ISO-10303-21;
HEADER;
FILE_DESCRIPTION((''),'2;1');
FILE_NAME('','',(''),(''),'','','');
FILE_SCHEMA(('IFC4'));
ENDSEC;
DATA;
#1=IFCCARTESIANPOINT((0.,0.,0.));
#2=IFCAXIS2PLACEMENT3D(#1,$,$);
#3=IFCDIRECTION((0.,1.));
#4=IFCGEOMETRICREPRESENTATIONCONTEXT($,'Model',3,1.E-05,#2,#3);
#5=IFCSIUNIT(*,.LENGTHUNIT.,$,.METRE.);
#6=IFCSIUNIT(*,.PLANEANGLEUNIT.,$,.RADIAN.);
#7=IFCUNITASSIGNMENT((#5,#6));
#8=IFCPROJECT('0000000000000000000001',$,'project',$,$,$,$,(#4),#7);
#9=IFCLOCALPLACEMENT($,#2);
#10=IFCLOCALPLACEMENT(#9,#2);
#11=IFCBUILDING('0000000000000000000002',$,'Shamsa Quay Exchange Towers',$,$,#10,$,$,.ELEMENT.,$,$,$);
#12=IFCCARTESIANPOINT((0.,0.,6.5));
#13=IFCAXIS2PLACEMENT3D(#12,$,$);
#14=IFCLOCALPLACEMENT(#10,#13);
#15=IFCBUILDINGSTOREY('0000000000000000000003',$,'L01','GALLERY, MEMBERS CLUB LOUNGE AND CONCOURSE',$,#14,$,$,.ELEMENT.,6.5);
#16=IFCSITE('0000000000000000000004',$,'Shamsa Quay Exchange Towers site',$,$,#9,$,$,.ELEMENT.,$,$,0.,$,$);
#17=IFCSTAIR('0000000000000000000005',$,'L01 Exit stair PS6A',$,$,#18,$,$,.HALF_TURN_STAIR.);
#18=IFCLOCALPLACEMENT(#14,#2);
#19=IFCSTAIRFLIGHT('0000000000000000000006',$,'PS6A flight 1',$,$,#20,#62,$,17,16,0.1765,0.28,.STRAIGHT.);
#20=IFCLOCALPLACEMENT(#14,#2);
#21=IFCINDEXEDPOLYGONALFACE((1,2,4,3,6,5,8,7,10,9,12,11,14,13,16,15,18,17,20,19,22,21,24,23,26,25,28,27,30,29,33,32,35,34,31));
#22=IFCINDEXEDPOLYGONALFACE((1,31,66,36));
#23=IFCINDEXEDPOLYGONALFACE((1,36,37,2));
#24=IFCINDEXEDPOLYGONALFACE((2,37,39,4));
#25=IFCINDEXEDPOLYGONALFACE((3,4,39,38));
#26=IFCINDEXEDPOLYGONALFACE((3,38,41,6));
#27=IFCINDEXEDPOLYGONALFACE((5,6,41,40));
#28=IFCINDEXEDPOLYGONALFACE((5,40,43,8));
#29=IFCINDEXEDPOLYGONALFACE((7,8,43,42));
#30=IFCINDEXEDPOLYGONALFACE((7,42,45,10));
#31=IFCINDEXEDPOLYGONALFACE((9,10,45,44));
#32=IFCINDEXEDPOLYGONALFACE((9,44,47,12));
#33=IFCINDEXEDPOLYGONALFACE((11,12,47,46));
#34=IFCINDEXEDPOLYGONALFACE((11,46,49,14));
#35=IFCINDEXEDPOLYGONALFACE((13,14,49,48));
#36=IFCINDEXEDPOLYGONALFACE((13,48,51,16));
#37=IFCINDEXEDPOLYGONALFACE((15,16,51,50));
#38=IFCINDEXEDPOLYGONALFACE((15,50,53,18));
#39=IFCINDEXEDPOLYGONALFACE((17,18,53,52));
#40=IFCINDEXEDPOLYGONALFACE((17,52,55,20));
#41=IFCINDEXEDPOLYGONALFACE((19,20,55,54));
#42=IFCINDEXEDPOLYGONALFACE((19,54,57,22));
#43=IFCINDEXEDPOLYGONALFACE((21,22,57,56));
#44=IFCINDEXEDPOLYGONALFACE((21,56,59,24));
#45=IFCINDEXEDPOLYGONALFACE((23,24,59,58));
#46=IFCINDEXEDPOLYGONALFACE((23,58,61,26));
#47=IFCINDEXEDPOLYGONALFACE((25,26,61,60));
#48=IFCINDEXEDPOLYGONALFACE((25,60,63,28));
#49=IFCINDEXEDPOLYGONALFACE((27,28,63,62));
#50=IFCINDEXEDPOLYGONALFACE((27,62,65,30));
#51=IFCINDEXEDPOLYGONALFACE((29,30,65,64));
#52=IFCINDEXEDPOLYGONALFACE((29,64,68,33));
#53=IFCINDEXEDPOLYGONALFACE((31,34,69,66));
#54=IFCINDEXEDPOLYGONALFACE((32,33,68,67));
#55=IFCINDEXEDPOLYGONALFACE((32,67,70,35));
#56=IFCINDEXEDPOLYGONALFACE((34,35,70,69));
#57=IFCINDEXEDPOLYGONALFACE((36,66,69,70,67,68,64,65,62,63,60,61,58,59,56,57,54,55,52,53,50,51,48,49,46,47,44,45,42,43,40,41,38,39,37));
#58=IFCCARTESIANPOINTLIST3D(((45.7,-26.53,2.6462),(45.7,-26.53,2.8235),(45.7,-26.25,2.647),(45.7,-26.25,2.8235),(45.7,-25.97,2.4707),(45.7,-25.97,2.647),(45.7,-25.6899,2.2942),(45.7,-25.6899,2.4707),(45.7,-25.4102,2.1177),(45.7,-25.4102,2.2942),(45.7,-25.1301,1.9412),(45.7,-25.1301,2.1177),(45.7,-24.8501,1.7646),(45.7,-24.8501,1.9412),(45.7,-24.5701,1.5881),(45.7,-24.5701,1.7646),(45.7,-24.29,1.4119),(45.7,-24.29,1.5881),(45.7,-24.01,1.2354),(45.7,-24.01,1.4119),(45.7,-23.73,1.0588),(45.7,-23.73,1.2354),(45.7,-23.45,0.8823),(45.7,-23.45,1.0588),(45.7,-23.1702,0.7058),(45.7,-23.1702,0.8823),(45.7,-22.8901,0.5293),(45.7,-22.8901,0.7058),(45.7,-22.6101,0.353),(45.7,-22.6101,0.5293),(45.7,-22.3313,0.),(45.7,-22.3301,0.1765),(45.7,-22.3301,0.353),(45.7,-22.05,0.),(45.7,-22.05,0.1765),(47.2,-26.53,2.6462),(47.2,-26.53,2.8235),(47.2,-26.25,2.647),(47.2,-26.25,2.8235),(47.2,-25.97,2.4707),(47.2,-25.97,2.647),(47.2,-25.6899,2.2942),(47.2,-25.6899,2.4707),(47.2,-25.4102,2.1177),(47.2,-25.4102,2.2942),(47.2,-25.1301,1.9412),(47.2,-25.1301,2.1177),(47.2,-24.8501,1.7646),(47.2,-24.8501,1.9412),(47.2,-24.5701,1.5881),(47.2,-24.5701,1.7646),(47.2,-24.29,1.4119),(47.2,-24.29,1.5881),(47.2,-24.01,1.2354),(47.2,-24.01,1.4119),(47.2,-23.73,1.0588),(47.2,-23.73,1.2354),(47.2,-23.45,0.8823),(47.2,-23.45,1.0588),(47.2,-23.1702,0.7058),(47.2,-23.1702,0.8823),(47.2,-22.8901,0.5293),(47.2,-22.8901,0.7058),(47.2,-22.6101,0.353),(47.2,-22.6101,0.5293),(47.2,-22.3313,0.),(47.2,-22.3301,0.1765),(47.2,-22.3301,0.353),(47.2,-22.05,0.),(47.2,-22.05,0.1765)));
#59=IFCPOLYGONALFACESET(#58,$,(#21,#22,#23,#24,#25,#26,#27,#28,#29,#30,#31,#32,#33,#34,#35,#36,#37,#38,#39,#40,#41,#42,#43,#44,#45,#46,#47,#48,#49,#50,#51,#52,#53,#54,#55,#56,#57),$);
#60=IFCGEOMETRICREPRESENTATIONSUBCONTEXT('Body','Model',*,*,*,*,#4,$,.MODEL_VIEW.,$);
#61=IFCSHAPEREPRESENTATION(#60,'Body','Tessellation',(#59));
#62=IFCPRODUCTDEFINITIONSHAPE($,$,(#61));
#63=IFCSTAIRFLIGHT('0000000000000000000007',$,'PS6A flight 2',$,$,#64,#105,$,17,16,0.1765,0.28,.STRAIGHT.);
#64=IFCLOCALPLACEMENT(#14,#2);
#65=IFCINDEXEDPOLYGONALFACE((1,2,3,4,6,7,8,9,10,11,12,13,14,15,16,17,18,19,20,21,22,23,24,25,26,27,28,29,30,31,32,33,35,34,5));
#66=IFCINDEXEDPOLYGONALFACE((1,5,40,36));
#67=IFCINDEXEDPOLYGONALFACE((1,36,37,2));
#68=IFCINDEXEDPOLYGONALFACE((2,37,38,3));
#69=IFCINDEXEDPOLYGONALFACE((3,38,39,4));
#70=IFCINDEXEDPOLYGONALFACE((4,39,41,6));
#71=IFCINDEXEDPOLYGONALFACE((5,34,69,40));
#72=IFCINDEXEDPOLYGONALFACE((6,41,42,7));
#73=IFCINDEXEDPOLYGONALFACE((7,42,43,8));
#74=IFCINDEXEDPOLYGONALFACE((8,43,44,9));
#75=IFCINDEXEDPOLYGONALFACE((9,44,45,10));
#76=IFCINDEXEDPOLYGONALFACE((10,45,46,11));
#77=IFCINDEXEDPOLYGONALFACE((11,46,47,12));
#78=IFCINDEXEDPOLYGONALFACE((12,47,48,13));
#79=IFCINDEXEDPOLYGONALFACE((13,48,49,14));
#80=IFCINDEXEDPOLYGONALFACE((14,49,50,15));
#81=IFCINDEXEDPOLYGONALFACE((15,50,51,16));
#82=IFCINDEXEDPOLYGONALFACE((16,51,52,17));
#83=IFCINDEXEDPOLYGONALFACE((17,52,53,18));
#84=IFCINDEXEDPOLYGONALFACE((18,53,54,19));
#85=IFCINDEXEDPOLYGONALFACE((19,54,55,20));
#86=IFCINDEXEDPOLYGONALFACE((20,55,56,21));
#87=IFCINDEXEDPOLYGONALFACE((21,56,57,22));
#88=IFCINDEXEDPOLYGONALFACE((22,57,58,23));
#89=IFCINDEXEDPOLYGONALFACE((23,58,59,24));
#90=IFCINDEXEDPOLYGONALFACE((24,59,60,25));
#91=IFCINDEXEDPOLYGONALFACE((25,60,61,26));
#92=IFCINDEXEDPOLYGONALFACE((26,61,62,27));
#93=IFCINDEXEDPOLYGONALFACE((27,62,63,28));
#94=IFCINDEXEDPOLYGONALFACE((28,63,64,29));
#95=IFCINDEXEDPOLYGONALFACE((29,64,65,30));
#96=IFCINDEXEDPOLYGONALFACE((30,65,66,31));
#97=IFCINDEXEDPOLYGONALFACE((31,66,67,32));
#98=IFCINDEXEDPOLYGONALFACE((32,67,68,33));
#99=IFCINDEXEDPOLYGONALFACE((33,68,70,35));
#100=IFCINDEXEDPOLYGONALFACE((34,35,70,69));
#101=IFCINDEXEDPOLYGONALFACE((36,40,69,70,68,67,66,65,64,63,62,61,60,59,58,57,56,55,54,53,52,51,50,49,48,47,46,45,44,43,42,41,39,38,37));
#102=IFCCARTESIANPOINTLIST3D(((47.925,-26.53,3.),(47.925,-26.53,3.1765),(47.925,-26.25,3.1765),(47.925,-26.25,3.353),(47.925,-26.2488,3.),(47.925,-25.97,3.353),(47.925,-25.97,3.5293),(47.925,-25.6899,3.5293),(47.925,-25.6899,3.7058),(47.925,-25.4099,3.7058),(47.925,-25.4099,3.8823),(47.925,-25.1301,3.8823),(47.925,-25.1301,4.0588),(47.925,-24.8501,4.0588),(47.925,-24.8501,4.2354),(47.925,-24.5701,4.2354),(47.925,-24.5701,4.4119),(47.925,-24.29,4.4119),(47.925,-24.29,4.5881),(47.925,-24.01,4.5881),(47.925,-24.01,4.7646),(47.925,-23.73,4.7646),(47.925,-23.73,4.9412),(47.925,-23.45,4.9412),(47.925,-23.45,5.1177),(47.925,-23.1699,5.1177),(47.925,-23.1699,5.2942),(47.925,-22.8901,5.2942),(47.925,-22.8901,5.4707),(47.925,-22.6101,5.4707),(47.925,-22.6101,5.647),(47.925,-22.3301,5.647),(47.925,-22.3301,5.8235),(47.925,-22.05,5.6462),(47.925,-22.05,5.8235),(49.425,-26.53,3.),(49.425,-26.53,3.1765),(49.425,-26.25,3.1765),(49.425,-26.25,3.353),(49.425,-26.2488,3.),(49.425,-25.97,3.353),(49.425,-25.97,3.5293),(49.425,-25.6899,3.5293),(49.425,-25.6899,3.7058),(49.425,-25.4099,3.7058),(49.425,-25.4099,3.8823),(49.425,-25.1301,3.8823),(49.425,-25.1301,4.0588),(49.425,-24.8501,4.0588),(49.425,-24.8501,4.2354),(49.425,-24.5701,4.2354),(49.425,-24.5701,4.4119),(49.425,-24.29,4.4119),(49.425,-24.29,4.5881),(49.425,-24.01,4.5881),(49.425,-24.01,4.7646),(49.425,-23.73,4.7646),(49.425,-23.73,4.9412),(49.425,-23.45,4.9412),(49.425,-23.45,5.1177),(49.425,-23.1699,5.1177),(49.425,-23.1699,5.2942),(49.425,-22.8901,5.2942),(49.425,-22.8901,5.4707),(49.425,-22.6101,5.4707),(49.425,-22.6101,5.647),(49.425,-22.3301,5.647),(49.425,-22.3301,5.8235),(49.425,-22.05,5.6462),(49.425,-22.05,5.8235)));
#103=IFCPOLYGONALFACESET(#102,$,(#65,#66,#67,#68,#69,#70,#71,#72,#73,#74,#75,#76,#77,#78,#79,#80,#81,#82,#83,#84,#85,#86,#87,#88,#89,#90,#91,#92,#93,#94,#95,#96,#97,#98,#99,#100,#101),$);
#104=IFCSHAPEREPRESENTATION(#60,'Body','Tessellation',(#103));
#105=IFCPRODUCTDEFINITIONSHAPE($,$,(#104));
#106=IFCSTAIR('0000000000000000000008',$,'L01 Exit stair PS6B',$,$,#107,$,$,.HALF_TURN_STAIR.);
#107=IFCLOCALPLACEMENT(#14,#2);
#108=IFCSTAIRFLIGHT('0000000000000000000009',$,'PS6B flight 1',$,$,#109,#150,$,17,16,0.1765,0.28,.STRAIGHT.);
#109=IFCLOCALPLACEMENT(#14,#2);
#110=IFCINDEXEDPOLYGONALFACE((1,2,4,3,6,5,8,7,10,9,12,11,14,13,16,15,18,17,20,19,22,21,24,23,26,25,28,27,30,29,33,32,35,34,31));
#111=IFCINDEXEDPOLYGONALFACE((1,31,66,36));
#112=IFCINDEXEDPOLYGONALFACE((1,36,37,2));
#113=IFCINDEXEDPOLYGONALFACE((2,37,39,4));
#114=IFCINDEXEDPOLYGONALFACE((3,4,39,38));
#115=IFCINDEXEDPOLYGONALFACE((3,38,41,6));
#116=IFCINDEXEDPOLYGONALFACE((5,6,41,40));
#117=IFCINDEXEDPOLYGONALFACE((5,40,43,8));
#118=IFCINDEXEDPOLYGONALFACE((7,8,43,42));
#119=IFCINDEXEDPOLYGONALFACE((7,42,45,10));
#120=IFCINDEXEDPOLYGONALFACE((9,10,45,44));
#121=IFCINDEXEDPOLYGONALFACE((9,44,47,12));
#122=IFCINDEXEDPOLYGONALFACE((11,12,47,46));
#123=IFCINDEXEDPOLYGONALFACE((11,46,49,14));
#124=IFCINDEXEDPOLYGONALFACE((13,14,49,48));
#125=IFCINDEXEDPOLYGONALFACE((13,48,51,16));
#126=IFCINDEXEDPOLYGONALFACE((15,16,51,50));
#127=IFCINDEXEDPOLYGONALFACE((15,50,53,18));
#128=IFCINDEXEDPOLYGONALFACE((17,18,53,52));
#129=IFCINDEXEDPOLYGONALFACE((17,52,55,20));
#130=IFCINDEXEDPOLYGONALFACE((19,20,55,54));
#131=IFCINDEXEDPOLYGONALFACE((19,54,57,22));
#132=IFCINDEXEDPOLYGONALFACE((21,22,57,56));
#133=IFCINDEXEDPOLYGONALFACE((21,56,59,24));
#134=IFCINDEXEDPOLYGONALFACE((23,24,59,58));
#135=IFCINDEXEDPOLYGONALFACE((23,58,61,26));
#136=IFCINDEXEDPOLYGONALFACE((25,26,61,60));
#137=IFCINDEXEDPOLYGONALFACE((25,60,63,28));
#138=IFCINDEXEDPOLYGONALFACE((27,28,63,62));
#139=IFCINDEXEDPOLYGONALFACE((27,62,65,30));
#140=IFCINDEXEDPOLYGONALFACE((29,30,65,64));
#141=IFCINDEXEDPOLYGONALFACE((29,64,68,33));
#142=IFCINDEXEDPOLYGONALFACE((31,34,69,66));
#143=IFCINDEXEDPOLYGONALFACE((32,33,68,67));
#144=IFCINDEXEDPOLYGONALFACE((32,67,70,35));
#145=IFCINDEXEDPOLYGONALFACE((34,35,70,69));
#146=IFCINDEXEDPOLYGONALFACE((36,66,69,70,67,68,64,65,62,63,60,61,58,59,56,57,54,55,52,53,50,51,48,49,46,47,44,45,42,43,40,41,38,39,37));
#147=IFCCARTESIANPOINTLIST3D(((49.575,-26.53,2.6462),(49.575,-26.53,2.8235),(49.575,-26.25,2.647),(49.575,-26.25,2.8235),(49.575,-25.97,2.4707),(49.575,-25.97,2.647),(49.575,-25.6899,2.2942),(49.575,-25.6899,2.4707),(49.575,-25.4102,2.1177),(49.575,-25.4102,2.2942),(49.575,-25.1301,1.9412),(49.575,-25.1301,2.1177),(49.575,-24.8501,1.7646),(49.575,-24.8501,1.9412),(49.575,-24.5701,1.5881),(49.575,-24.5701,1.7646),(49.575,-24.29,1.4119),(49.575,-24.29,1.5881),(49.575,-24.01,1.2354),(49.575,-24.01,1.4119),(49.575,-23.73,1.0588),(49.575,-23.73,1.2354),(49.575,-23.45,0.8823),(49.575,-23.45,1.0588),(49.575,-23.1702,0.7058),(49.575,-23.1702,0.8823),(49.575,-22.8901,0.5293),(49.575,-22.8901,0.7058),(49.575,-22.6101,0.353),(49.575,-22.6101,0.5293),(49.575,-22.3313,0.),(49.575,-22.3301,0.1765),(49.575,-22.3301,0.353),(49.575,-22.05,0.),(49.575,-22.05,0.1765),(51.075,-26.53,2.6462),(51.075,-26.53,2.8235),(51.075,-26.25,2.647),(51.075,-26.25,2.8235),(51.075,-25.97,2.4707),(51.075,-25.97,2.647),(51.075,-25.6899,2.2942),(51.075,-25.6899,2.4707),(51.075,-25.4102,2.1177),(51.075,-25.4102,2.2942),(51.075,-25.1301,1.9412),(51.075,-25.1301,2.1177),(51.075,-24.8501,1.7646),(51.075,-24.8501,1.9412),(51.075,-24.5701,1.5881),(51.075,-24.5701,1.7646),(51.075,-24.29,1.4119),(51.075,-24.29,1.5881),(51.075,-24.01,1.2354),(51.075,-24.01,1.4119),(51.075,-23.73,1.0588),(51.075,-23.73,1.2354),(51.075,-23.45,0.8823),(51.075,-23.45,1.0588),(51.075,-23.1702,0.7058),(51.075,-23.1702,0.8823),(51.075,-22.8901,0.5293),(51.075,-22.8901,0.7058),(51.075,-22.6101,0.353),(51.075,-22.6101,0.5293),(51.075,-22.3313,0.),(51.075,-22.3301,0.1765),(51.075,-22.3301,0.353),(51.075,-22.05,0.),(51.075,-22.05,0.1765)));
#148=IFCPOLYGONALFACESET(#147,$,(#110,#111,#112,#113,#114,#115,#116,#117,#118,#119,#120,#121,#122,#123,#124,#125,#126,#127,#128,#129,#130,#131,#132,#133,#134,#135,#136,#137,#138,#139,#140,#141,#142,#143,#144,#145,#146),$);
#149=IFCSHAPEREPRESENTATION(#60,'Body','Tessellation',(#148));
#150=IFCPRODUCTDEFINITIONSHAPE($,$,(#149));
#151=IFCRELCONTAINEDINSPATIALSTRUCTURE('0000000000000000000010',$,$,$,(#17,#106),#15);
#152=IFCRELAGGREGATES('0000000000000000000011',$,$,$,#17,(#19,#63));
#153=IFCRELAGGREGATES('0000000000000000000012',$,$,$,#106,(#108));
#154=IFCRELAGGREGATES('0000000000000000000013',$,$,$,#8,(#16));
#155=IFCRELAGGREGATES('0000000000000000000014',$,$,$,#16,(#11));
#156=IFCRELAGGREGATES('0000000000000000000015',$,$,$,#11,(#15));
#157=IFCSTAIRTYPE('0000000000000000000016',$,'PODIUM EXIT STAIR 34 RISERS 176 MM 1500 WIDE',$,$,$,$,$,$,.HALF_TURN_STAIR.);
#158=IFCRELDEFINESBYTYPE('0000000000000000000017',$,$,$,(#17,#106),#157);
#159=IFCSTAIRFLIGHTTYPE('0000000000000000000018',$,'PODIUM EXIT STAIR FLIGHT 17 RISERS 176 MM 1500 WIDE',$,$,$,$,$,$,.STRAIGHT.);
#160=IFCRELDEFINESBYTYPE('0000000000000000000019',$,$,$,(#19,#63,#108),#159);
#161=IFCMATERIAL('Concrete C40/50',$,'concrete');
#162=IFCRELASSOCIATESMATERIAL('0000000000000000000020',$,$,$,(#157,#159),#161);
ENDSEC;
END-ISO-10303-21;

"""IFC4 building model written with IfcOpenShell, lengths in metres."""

from ifc_helpers import new_model, si_unit, direction, frame, origin, place, context, subcontext, project, spatial, polyline, outline, extrude, material, type_object, element, aggregate, save


model = new_model("IFC4")

# Units and contexts
model_context = context("Model", 3, precision=1e-05, world=origin(), true_north=direction((0.0, 1.0)))
body_context = subcontext(model_context, "Body", "Model", "MODEL_VIEW")
ifc_project = project(units=[si_unit("LENGTHUNIT", "METRE"), si_unit("PLANEANGLEUNIT", "RADIAN")], contexts=[model_context])

# Site, building, storey
site_placement = place(None, origin())
site = spatial("IfcSite", under=ifc_project, at=site_placement, Name="Shamsa Quay Exchange Towers site", CompositionType="ELEMENT", RefElevation=0.0)
building_placement = place(site_placement, origin())
building = spatial("IfcBuilding", under=site, at=building_placement, Name="Shamsa Quay Exchange Towers", CompositionType="ELEMENT")
storey_placement = place(building_placement, frame((0.0, 0.0, 6.5)))
storey = spatial("IfcBuildingStorey", under=building, at=storey_placement, Name="L01", Description="GALLERY, MEMBERS CLUB LOUNGE AND CONCOURSE", CompositionType="ELEMENT", Elevation=6.5)

# Stairs, stair flights
ifc_material_1 = material(Name="Concrete C40/50", Category="concrete")
stair_type = type_object("IfcStairType", Name="PODIUM EXIT STAIR 34 RISERS 176 MM 1500 WIDE", PredefinedType="HALF_TURN_STAIR", material=ifc_material_1)
stair_1_placement = place(storey_placement, origin())
stair_1 = element("IfcStair", 1, at=stair_1_placement, inside=storey, type_object=stair_type, Name="L01 Exit stair PS6A", PredefinedType="HALF_TURN_STAIR")
stair_flight_type = type_object("IfcStairFlightType", Name="PODIUM EXIT STAIR FLIGHT 17 RISERS 176 MM 1500 WIDE", PredefinedType="STRAIGHT", material=ifc_material_1)
stair_flight_1_placement = place(storey_placement, frame((46.45, -22.05, 0.0), z_axis=(0.0, 0.0, 1.0), x_axis=(0.0, -1.0, 0.0)))
stair_flight_1 = element("IfcStairFlight", 2, at=stair_flight_1_placement, type_object=stair_flight_type, Name="PS6A flight 1", NumberOfRisers=17, NumberOfTreads=16, PredefinedType="STRAIGHT", RiserHeight=0.1765, TreadLength=0.28, context=body_context, shape_type="SweptSolid", body=[
    extrude(outline(polyline([(0.0, 0.0), (0.0, 0.1765), (0.28, 0.1765), (0.28, 0.353), (0.5601, 0.353), (0.5601, 0.5293), (0.8401, 0.5293), (0.8401, 0.7058), (1.1201, 0.7058), (1.1201, 0.8823), (1.3999, 0.8823), (1.3999, 1.0588), (1.6799, 1.0588), (1.6799, 1.2354), (1.96, 1.2354), (1.96, 1.4119), (2.24, 1.4119), (2.24, 1.5881), (2.52, 1.5881), (2.52, 1.7646), (2.8, 1.7646), (2.8, 1.9412), (3.0801, 1.9412), (3.0801, 2.1177), (3.3601, 2.1177), (3.3601, 2.2942), (3.6399, 2.2942), (3.6399, 2.4707), (3.9199, 2.4707), (3.9199, 2.647), (4.2, 2.647), (4.2, 2.8235), (4.48, 2.8235), (4.48, 3.0), (4.48, 2.6462), (0.2812, 0.0), (0.0, 0.0)])), frame((0.0, 0.75, 0.0), z_axis=(0.0, -1.0, 0.0), x_axis=(1.0, 0.0, 0.0)), (0.0, 0.0, 1.0), 1.5),
])
stair_flight_2_placement = place(storey_placement, frame((48.675, -26.53, 3.0), z_axis=(0.0, 0.0, 1.0), x_axis=(0.0, 1.0, 0.0)))
stair_flight_2 = element("IfcStairFlight", 3, at=stair_flight_2_placement, type_object=stair_flight_type, Name="PS6A flight 2", NumberOfRisers=17, NumberOfTreads=16, PredefinedType="STRAIGHT", RiserHeight=0.1765, TreadLength=0.28, context=body_context, shape_type="SweptSolid", body=[
    extrude(outline(polyline([(0.0, 0.0), (0.0, 0.1765), (0.28, 0.1765), (0.28, 0.353), (0.5601, 0.353), (0.5601, 0.5293), (0.8401, 0.5293), (0.8401, 0.7058), (1.1201, 0.7058), (1.1201, 0.8823), (1.3999, 0.8823), (1.3999, 1.0588), (1.6799, 1.0588), (1.6799, 1.2354), (1.96, 1.2354), (1.96, 1.4119), (2.24, 1.4119), (2.24, 1.5881), (2.52, 1.5881), (2.52, 1.7646), (2.8, 1.7646), (2.8, 1.9412), (3.0801, 1.9412), (3.0801, 2.1177), (3.3601, 2.1177), (3.3601, 2.2942), (3.6399, 2.2942), (3.6399, 2.4707), (3.9199, 2.4707), (3.9199, 2.647), (4.2, 2.647), (4.2, 2.8235), (4.48, 2.8235), (4.48, 3.0), (4.48, 2.6462), (0.2812, 0.0), (0.0, 0.0)])), frame((0.0, 0.75, 0.0), z_axis=(0.0, -1.0, 0.0), x_axis=(1.0, 0.0, 0.0)), (0.0, 0.0, 1.0), 1.5),
])
aggregate(stair_1, [stair_flight_1, stair_flight_2])
stair_2_placement = place(storey_placement, origin())
stair_2 = element("IfcStair", 4, at=stair_2_placement, inside=storey, type_object=stair_type, Name="L01 Exit stair PS6B", PredefinedType="HALF_TURN_STAIR")
stair_flight_3_placement = place(storey_placement, frame((50.325, -22.05, 0.0), z_axis=(0.0, 0.0, 1.0), x_axis=(0.0, -1.0, 0.0)))
stair_flight_3 = element("IfcStairFlight", 5, at=stair_flight_3_placement, type_object=stair_flight_type, Name="PS6B flight 1", NumberOfRisers=17, NumberOfTreads=16, PredefinedType="STRAIGHT", RiserHeight=0.1765, TreadLength=0.28, context=body_context, shape_type="SweptSolid", body=[
    extrude(outline(polyline([(0.0, 0.0), (0.0, 0.1765), (0.28, 0.1765), (0.28, 0.353), (0.5601, 0.353), (0.5601, 0.5293), (0.8401, 0.5293), (0.8401, 0.7058), (1.1201, 0.7058), (1.1201, 0.8823), (1.3999, 0.8823), (1.3999, 1.0588), (1.6799, 1.0588), (1.6799, 1.2354), (1.96, 1.2354), (1.96, 1.4119), (2.24, 1.4119), (2.24, 1.5881), (2.52, 1.5881), (2.52, 1.7646), (2.8, 1.7646), (2.8, 1.9412), (3.0801, 1.9412), (3.0801, 2.1177), (3.3601, 2.1177), (3.3601, 2.2942), (3.6399, 2.2942), (3.6399, 2.4707), (3.9199, 2.4707), (3.9199, 2.647), (4.2, 2.647), (4.2, 2.8235), (4.48, 2.8235), (4.48, 3.0), (4.48, 2.6462), (0.2812, 0.0), (0.0, 0.0)])), frame((0.0, 0.75, 0.0), z_axis=(0.0, -1.0, 0.0), x_axis=(1.0, 0.0, 0.0)), (0.0, 0.0, 1.0), 1.5),
])
aggregate(stair_2, [stair_flight_3])

save(model, "model.ifc")
